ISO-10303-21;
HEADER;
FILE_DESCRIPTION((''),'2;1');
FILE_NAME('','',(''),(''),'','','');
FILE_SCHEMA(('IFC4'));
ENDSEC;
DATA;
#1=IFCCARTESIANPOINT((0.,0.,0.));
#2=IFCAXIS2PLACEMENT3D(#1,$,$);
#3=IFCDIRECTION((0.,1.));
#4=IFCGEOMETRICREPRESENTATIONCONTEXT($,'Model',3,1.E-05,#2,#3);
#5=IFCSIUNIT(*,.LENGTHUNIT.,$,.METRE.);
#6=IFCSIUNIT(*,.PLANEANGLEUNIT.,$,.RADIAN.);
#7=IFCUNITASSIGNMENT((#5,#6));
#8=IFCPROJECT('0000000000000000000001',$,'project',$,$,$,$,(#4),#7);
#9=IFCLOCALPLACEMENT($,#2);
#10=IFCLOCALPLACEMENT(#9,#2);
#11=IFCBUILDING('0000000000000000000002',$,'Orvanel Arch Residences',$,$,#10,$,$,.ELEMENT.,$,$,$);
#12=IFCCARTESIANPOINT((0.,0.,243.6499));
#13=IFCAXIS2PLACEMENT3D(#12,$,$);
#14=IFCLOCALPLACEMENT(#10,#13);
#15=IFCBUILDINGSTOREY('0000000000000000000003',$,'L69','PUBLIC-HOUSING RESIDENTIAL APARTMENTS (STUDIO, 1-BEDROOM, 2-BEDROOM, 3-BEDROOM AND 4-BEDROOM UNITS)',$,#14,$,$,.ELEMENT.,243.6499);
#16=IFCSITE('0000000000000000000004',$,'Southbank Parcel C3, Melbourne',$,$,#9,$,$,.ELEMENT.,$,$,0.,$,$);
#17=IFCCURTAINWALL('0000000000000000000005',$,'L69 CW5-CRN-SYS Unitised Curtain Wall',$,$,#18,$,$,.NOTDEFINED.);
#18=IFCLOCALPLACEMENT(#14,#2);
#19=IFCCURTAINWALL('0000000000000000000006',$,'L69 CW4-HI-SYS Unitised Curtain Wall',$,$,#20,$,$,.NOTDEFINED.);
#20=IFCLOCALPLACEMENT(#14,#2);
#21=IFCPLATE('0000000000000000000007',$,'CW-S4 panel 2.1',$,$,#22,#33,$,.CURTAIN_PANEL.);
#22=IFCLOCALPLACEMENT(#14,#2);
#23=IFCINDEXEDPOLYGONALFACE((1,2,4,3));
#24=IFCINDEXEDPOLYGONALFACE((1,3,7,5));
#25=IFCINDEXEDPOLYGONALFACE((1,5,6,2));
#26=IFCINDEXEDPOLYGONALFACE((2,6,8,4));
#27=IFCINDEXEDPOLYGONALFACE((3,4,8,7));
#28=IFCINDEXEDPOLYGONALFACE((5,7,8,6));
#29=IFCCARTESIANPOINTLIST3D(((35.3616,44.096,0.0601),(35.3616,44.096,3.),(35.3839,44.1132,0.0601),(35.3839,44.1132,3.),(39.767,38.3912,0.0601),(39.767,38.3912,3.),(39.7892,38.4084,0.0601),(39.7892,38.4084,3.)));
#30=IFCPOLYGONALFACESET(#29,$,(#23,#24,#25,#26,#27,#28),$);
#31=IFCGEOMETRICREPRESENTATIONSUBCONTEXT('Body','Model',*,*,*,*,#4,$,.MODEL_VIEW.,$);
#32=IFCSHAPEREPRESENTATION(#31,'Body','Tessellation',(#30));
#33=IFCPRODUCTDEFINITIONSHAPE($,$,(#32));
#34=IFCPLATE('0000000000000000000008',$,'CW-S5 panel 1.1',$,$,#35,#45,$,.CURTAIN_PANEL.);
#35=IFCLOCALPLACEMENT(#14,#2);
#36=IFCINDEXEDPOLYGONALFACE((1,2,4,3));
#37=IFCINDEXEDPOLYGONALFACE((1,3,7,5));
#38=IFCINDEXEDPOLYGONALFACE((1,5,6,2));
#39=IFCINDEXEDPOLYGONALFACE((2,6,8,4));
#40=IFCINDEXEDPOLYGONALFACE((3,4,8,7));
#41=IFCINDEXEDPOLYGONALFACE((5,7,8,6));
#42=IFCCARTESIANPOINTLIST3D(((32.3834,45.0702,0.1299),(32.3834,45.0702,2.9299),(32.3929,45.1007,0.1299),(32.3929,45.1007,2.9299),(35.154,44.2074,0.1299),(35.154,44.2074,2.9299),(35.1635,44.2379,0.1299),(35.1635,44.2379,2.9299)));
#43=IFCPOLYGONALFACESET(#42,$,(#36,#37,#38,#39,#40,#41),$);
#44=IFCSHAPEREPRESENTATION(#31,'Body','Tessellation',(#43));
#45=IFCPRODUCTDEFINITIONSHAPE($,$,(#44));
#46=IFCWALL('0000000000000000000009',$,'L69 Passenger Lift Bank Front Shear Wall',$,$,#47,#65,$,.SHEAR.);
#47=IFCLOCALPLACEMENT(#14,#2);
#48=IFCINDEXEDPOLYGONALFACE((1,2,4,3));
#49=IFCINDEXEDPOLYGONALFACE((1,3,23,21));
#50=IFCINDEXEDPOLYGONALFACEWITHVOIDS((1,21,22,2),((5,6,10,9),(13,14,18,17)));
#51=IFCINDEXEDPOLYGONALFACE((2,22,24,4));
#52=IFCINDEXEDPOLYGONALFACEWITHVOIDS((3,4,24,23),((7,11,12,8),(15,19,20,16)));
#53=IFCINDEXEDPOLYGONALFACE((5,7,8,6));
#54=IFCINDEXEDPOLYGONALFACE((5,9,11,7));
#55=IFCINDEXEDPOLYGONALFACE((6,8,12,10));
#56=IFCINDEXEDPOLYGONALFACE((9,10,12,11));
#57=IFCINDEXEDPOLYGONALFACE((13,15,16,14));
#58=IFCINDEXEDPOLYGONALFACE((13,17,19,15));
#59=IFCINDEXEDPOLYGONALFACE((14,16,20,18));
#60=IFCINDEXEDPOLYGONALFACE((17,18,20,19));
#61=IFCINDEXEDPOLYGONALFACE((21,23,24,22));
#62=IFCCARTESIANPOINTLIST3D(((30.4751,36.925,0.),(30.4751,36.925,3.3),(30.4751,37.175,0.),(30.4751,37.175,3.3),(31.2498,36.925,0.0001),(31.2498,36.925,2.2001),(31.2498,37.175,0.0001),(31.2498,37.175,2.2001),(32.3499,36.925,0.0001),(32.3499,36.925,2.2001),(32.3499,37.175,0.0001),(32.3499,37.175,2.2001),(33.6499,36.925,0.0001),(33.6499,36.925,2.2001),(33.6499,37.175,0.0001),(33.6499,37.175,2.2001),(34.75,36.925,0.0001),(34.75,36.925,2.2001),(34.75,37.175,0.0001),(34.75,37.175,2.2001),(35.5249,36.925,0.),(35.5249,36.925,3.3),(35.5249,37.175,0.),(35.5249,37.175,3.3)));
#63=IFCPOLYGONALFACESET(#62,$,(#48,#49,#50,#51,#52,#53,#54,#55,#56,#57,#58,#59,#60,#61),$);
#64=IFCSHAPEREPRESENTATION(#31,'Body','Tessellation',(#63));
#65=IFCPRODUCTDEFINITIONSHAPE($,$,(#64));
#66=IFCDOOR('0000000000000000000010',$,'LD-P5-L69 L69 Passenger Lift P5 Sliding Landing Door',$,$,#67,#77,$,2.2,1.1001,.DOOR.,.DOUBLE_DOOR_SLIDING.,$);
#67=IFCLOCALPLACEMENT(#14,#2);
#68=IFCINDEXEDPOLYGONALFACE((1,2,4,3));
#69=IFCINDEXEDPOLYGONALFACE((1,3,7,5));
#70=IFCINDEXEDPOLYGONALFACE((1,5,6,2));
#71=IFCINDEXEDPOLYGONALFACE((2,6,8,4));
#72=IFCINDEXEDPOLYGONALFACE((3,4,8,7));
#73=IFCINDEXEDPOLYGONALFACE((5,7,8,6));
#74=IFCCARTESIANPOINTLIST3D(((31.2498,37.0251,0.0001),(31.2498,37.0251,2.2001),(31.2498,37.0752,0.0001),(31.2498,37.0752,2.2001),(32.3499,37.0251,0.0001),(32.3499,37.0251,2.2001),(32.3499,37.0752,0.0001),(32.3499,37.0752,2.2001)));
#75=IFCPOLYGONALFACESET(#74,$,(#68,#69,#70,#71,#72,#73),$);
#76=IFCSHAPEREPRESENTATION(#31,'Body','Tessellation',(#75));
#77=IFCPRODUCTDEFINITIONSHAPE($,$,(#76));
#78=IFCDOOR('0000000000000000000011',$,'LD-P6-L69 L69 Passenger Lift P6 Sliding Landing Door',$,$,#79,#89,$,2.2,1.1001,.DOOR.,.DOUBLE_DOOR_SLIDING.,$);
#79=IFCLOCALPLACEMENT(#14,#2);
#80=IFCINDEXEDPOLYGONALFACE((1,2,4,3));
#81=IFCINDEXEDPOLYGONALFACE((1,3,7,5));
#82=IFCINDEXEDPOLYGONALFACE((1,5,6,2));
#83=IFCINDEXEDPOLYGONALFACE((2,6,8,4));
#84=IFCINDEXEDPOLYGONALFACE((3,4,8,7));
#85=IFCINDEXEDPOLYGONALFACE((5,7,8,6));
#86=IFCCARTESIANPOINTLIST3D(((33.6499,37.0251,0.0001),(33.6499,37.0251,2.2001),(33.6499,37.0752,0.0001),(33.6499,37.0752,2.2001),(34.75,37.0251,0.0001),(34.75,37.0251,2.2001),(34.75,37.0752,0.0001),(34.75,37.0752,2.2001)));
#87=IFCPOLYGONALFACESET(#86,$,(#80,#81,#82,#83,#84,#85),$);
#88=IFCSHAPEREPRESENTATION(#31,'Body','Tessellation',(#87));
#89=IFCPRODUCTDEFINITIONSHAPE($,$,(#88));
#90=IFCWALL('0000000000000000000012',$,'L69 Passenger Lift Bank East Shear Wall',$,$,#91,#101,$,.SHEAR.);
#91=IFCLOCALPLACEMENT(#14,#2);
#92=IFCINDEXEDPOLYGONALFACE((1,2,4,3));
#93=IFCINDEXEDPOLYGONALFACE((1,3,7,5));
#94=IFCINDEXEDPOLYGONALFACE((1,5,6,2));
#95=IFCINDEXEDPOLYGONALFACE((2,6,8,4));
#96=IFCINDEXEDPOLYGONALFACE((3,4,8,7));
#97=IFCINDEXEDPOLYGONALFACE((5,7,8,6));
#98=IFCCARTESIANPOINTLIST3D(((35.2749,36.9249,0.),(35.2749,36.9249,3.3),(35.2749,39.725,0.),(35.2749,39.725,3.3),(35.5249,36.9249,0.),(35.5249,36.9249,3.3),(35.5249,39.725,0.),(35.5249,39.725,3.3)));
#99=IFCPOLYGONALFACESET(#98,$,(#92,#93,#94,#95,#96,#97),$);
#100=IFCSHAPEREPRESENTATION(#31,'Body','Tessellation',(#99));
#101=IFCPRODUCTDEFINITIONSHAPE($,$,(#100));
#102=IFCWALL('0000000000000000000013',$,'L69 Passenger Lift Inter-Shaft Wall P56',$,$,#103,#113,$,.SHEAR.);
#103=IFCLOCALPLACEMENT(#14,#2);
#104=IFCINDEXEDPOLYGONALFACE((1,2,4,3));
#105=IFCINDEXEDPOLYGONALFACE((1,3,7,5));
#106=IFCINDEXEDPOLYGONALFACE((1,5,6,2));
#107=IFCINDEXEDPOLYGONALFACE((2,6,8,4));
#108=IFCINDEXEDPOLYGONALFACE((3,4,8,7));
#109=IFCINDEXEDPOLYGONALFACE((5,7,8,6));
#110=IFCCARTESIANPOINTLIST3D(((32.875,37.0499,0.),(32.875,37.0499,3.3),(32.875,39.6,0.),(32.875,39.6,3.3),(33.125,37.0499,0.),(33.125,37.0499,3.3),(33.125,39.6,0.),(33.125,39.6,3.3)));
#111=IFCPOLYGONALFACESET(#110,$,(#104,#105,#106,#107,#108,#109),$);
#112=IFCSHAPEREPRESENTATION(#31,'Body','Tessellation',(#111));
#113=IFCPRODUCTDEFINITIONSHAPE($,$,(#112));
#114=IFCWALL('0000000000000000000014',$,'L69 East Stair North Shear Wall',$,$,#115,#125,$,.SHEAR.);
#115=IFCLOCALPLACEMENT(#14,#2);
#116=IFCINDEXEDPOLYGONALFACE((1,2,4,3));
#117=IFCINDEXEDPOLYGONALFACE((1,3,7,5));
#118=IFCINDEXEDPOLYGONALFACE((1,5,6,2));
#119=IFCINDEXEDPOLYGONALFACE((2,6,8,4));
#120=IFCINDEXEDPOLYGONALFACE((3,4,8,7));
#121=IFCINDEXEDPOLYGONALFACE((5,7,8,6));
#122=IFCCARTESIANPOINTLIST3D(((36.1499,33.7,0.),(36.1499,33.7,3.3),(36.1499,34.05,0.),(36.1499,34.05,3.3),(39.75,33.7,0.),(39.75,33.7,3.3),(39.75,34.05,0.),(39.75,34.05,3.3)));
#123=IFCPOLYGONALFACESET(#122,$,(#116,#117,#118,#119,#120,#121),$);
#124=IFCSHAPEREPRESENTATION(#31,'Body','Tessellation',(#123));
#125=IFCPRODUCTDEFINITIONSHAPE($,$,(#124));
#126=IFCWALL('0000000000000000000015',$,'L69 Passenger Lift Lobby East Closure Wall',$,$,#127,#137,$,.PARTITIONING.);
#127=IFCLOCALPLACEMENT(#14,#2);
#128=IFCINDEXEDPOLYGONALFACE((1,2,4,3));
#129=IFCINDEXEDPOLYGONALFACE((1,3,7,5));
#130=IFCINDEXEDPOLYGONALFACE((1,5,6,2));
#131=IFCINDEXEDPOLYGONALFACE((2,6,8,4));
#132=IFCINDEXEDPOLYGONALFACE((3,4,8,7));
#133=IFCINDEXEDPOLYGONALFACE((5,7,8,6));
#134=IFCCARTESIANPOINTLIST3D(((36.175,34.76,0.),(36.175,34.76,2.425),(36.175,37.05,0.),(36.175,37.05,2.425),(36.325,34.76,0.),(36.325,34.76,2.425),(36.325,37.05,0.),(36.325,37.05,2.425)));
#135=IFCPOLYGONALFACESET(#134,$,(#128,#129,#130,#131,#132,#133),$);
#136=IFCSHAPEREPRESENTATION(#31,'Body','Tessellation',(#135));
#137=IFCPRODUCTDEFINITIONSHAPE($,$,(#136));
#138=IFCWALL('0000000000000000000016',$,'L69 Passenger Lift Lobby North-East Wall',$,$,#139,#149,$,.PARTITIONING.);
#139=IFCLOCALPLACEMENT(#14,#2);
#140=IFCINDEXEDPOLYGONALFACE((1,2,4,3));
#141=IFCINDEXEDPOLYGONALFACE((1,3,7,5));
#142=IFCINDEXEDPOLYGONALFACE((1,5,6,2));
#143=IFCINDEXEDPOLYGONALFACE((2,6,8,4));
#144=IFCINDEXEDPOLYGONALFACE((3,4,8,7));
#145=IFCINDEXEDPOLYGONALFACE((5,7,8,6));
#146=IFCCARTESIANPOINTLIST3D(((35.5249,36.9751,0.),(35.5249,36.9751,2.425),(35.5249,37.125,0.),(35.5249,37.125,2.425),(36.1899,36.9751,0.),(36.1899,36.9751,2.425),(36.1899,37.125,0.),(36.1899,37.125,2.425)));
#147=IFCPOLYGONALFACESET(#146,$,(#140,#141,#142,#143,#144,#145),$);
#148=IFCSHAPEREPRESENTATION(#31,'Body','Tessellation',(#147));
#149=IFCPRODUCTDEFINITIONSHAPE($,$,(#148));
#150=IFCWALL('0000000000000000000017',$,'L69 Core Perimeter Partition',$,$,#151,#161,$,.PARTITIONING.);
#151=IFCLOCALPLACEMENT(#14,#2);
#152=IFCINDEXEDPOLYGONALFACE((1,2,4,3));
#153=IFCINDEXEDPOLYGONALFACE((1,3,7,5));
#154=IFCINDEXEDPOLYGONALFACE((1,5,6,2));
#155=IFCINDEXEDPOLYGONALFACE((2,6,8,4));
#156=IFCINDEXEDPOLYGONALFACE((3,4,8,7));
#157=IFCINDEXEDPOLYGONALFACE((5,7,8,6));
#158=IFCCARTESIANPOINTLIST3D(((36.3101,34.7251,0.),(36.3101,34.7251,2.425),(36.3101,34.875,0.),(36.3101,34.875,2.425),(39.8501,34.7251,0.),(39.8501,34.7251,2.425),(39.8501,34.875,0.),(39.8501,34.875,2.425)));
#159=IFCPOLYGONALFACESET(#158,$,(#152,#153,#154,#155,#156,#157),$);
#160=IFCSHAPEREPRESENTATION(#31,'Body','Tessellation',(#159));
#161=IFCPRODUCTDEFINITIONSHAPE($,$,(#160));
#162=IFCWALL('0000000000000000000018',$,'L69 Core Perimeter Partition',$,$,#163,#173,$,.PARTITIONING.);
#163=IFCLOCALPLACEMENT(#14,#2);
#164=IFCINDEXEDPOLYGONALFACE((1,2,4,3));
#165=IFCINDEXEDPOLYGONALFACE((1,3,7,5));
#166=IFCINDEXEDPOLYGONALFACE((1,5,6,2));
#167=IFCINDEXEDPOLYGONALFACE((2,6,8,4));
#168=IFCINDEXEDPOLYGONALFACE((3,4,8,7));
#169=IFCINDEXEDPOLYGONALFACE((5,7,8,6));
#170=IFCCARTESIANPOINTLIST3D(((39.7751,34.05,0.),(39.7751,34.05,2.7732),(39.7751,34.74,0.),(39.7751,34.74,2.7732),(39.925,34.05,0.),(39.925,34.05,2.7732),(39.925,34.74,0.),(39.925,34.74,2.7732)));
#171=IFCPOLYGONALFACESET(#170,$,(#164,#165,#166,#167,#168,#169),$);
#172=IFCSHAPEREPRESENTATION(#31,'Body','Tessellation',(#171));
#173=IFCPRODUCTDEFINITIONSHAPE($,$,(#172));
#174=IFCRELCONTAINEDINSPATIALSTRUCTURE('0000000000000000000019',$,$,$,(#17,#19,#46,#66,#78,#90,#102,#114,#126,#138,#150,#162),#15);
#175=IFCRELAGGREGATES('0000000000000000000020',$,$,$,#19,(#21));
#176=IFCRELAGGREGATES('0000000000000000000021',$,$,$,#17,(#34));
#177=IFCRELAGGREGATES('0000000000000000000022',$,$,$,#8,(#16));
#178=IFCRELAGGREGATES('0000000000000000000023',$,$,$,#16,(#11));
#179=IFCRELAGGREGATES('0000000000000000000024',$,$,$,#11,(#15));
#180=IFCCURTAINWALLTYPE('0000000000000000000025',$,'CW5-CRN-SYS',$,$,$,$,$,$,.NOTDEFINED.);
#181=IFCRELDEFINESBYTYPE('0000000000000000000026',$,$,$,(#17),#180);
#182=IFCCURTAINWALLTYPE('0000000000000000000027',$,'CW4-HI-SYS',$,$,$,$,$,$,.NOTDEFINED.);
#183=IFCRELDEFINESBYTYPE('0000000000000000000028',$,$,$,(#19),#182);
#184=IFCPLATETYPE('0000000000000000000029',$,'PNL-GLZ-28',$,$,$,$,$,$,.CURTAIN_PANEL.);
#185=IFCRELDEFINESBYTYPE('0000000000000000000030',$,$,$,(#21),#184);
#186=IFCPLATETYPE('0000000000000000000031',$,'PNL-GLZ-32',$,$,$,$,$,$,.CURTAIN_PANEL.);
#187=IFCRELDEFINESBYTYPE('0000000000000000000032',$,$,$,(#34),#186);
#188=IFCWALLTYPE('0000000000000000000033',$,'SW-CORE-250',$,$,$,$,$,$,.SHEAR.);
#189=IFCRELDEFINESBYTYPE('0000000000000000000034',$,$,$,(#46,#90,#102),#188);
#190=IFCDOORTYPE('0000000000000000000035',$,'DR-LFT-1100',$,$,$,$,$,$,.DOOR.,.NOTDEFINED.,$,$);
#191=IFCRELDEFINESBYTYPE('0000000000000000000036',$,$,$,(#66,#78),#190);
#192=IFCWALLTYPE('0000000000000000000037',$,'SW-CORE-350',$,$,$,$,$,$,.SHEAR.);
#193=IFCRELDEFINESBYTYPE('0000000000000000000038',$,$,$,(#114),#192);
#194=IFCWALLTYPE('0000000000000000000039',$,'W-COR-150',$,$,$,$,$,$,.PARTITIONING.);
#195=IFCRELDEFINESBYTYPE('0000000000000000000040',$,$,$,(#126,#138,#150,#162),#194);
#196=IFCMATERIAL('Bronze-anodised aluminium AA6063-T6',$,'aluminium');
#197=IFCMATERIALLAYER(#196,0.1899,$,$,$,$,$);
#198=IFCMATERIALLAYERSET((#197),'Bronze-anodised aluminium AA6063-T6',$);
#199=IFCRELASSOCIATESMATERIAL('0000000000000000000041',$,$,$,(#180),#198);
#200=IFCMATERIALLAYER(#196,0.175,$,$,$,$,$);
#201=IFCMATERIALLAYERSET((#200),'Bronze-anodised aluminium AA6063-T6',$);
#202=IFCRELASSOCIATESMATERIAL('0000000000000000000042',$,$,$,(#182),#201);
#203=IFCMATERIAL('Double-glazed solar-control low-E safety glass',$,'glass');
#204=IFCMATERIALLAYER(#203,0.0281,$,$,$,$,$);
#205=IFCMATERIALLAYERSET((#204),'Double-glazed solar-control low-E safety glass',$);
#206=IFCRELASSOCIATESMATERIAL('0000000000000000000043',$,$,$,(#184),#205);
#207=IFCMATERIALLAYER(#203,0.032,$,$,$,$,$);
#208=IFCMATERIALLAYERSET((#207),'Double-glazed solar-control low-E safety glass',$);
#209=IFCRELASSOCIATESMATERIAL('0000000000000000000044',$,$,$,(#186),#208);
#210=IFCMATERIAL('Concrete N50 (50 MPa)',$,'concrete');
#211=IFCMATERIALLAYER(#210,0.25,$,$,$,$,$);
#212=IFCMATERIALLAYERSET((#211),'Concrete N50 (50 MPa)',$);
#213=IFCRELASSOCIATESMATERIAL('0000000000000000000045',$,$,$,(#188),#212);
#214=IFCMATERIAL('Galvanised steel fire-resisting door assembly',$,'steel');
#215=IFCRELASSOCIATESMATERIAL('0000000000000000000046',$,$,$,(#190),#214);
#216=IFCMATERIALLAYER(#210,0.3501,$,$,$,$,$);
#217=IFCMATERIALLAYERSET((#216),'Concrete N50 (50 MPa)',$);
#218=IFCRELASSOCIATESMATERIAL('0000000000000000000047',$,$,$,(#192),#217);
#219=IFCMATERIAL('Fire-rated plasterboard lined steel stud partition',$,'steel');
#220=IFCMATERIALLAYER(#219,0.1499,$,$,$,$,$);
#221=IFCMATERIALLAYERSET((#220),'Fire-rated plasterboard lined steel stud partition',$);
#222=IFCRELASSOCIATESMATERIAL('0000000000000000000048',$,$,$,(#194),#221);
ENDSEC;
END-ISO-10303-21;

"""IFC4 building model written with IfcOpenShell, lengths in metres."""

from ifc_helpers import new_model, si_unit, direction, frame, frame_2d, origin, origin_2d, place, context, subcontext, project, spatial, rectangle, extrude, material, layer, layer_set, type_object, element, fill, aggregate, save


model = new_model("IFC4")

# Units and contexts
model_context = context("Model", 3, precision=1e-05, world=origin(), true_north=direction((0.0, 1.0)))
body_context = subcontext(model_context, "Body", "Model", "MODEL_VIEW")
ifc_project = project(units=[si_unit("LENGTHUNIT", "METRE"), si_unit("PLANEANGLEUNIT", "RADIAN")], contexts=[model_context])

# Site, building, storey
site_placement = place(None, origin())
site = spatial("IfcSite", under=ifc_project, at=site_placement, Name="Southbank Parcel C3, Melbourne", CompositionType="ELEMENT", RefElevation=0.0)
building_placement = place(site_placement, origin())
building = spatial("IfcBuilding", under=site, at=building_placement, Name="Orvanel Arch Residences", CompositionType="ELEMENT")
storey_placement = place(building_placement, frame((0.0, 0.0, 243.6499)))
storey = spatial("IfcBuildingStorey", under=building, at=storey_placement, Name="L69", Description="PUBLIC-HOUSING RESIDENTIAL APARTMENTS (STUDIO, 1-BEDROOM, 2-BEDROOM, 3-BEDROOM AND 4-BEDROOM UNITS)", CompositionType="ELEMENT", Elevation=243.6499)

# Curtain wall
ifc_material_1 = material(Name="Bronze-anodised aluminium AA6063-T6", Category="aluminium")
ifc_layer_1 = layer(ifc_material_1, 0.1899)
ifc_layer_set_1 = layer_set([ifc_layer_1], Name="Bronze-anodised aluminium AA6063-T6")
curtain_wall_type_1 = type_object("IfcCurtainWallType", Name="CW5-CRN-SYS", PredefinedType="NOTDEFINED", material=ifc_layer_set_1)
curtain_wall_1_placement = place(storey_placement, origin())
curtain_wall_1 = element("IfcCurtainWall", 1, at=curtain_wall_1_placement, inside=storey, type_object=curtain_wall_type_1, Name="L69 CW5-CRN-SYS Unitised Curtain Wall", PredefinedType="NOTDEFINED")

# Curtain wall
ifc_layer_2 = layer(ifc_material_1, 0.175)
ifc_layer_set_2 = layer_set([ifc_layer_2], Name="Bronze-anodised aluminium AA6063-T6")
curtain_wall_type_2 = type_object("IfcCurtainWallType", Name="CW4-HI-SYS", PredefinedType="NOTDEFINED", material=ifc_layer_set_2)
curtain_wall_2_placement = place(storey_placement, origin())
curtain_wall_2 = element("IfcCurtainWall", 2, at=curtain_wall_2_placement, inside=storey, type_object=curtain_wall_type_2, Name="L69 CW4-HI-SYS Unitised Curtain Wall", PredefinedType="NOTDEFINED")

# Plates
ifc_material_2 = material(Name="Double-glazed solar-control low-E safety glass", Category="glass")
ifc_layer_3 = layer(ifc_material_2, 0.0281)
ifc_layer_set_3 = layer_set([ifc_layer_3], Name="Double-glazed solar-control low-E safety glass")
plate_type_1 = type_object("IfcPlateType", Name="PNL-GLZ-28", PredefinedType="CURTAIN_PANEL", material=ifc_layer_set_3)
plate_1_placement = place(storey_placement, frame((37.5754, 41.2522, 0.0601), z_axis=(0.0, 0.0, 1.0), x_axis=(-0.611198, 0.791478, 0.0)))
plate_1 = element("IfcPlate", 3, at=plate_1_placement, type_object=plate_type_1, Name="CW-S4 panel 2.1", PredefinedType="CURTAIN_PANEL", context=body_context, shape_type="SweptSolid", body=[
    extrude(rectangle(XDim=7.2078, YDim=0.0281, at=origin_2d()), origin(), (0.0, 0.0, 1.0), 2.9399),
])
aggregate(curtain_wall_2, [plate_1])
ifc_layer_4 = layer(ifc_material_2, 0.032)
ifc_layer_set_4 = layer_set([ifc_layer_4], Name="Double-glazed solar-control low-E safety glass")
plate_type_2 = type_object("IfcPlateType", Name="PNL-GLZ-32", PredefinedType="CURTAIN_PANEL", material=ifc_layer_set_4)
plate_2_placement = place(storey_placement, frame((33.7734, 44.6541, 0.1299), z_axis=(0.0, 0.0, 1.0), x_axis=(-0.954774, 0.297332, 0.0)))
plate_2 = element("IfcPlate", 4, at=plate_2_placement, type_object=plate_type_2, Name="CW-S5 panel 1.1", PredefinedType="CURTAIN_PANEL", context=body_context, shape_type="SweptSolid", body=[
    extrude(rectangle(XDim=2.9019, YDim=0.032, at=origin_2d()), origin(), (0.0, 0.0, 1.0), 2.8),
])
aggregate(curtain_wall_1, [plate_2])

# Wall, openings, doors
ifc_material_3 = material(Name="Concrete N50 (50 MPa)", Category="concrete")
ifc_layer_5 = layer(ifc_material_3, 0.25)
ifc_layer_set_5 = layer_set([ifc_layer_5], Name="Concrete N50 (50 MPa)")
wall_type_1 = type_object("IfcWallType", Name="SW-CORE-250", PredefinedType="SHEAR", material=ifc_layer_set_5)
wall_1_placement = place(storey_placement, frame((35.5249, 37.05, 0.0), z_axis=(0.0, 0.0, 1.0), x_axis=(-1.0, 0.0, 0.0)))
wall_1 = element("IfcWall", 5, at=wall_1_placement, inside=storey, type_object=wall_type_1, Name="L69 Passenger Lift Bank Front Shear Wall", PredefinedType="SHEAR", context=body_context, shape_type="SweptSolid", body=[
    extrude(rectangle(XDim=5.0498, YDim=0.25, at=frame_2d((2.5249, 0.0))), origin(), (0.0, 0.0, 1.0), 3.3),
])
opening_1_placement = place(wall_1_placement, frame((3.175, 0.0, 0.0)))
opening_1 = element("IfcOpeningElement", 6, at=opening_1_placement, cuts=wall_1, PredefinedType="OPENING", context=body_context, shape_type="SweptSolid", body=[
    extrude(rectangle(XDim=1.1001, YDim=2.2, at=frame_2d((0.55, 1.1001))), frame((0.0, 0.135, 0.0), z_axis=(0.0, -1.0, 0.0), x_axis=(1.0, 0.0, 0.0)), (0.0, 0.0, 1.0), 0.27),
])
opening_2_placement = place(wall_1_placement, frame((0.7749, 0.0, 0.0)))
opening_2 = element("IfcOpeningElement", 7, at=opening_2_placement, cuts=wall_1, PredefinedType="OPENING", context=body_context, shape_type="SweptSolid", body=[
    extrude(rectangle(XDim=1.1001, YDim=2.2, at=frame_2d((0.55, 1.1001))), frame((0.0, 0.135, 0.0), z_axis=(0.0, -1.0, 0.0), x_axis=(1.0, 0.0, 0.0)), (0.0, 0.0, 1.0), 0.27),
])
ifc_material_4 = material(Name="Galvanised steel fire-resisting door assembly", Category="steel")
door_type = type_object("IfcDoorType", Name="DR-LFT-1100", OperationType="NOTDEFINED", PredefinedType="DOOR", material=ifc_material_4)
door_1_placement = place(opening_1_placement, origin())
door_1 = element("IfcDoor", 8, at=door_1_placement, inside=storey, type_object=door_type, Name="LD-P5-L69 L69 Passenger Lift P5 Sliding Landing Door", OperationType="DOUBLE_DOOR_SLIDING", OverallHeight=2.2, OverallWidth=1.1001, PredefinedType="DOOR", context=body_context, shape_type="SweptSolid", body=[
    extrude(rectangle(XDim=1.1001, YDim=2.2, at=frame_2d((0.55, 1.1001))), frame((0.0, 0.0249, 0.0), z_axis=(0.0, -1.0, 0.0), x_axis=(1.0, 0.0, 0.0)), (0.0, 0.0, 1.0), 0.05),
])
fill(opening_1, door_1)
door_2_placement = place(opening_2_placement, origin())
door_2 = element("IfcDoor", 9, at=door_2_placement, inside=storey, type_object=door_type, Name="LD-P6-L69 L69 Passenger Lift P6 Sliding Landing Door", OperationType="DOUBLE_DOOR_SLIDING", OverallHeight=2.2, OverallWidth=1.1001, PredefinedType="DOOR", context=body_context, shape_type="SweptSolid", body=[
    extrude(rectangle(XDim=1.1001, YDim=2.2, at=frame_2d((0.55, 1.1001))), frame((0.0, 0.0249, 0.0), z_axis=(0.0, -1.0, 0.0), x_axis=(1.0, 0.0, 0.0)), (0.0, 0.0, 1.0), 0.05),
])
fill(opening_2, door_2)

# Walls
wall_2_placement = place(storey_placement, frame((35.3999, 36.925, 0.0), z_axis=(0.0, 0.0, 1.0), x_axis=(0.0, 1.0, 0.0)))
element("IfcWall", 10, at=wall_2_placement, inside=storey, type_object=wall_type_1, Name="L69 Passenger Lift Bank East Shear Wall", PredefinedType="SHEAR", context=body_context, shape_type="SweptSolid", body=[
    extrude(rectangle(XDim=2.8, YDim=0.25, at=frame_2d((1.3999, 0.0))), origin(), (0.0, 0.0, 1.0), 3.3),
])
wall_3_placement = place(storey_placement, frame((33.0, 37.05, 0.0), z_axis=(0.0, 0.0, 1.0), x_axis=(0.0, 1.0, 0.0)))
element("IfcWall", 11, at=wall_3_placement, inside=storey, type_object=wall_type_1, Name="L69 Passenger Lift Inter-Shaft Wall P56", PredefinedType="SHEAR", context=body_context, shape_type="SweptSolid", body=[
    extrude(rectangle(XDim=2.55, YDim=0.25, at=frame_2d((1.2749, 0.0))), origin(), (0.0, 0.0, 1.0), 3.3),
])
ifc_layer_6 = layer(ifc_material_3, 0.3501)
ifc_layer_set_6 = layer_set([ifc_layer_6], Name="Concrete N50 (50 MPa)")
wall_type_2 = type_object("IfcWallType", Name="SW-CORE-350", PredefinedType="SHEAR", material=ifc_layer_set_6)
wall_4_placement = place(storey_placement, frame((36.1499, 33.875, 0.0), z_axis=(0.0, 0.0, 1.0), x_axis=(1.0, 0.0, 0.0)))
element("IfcWall", 12, at=wall_4_placement, inside=storey, type_object=wall_type_2, Name="L69 East Stair North Shear Wall", PredefinedType="SHEAR", context=body_context, shape_type="SweptSolid", body=[
    extrude(rectangle(XDim=3.6001, YDim=0.3501, at=frame_2d((1.8, 0.0))), origin(), (0.0, 0.0, 1.0), 3.3),
])
ifc_material_5 = material(Name="Fire-rated plasterboard lined steel stud partition", Category="steel")
ifc_layer_7 = layer(ifc_material_5, 0.1499)
ifc_layer_set_7 = layer_set([ifc_layer_7], Name="Fire-rated plasterboard lined steel stud partition")
wall_type_3 = type_object("IfcWallType", Name="W-COR-150", PredefinedType="PARTITIONING", material=ifc_layer_set_7)
wall_5_placement = place(storey_placement, frame((36.25, 34.76, 0.0), z_axis=(0.0, 0.0, 1.0), x_axis=(0.0, 1.0, 0.0)))
element("IfcWall", 13, at=wall_5_placement, inside=storey, type_object=wall_type_3, Name="L69 Passenger Lift Lobby East Closure Wall", PredefinedType="PARTITIONING", context=body_context, shape_type="SweptSolid", body=[
    extrude(rectangle(XDim=2.29, YDim=0.1499, at=frame_2d((1.145, 0.0))), origin(), (0.0, 0.0, 1.0), 2.425),
])
wall_6_placement = place(storey_placement, frame((35.5249, 37.05, 0.0), z_axis=(0.0, 0.0, 1.0), x_axis=(1.0, 0.0, 0.0)))
element("IfcWall", 14, at=wall_6_placement, inside=storey, type_object=wall_type_3, Name="L69 Passenger Lift Lobby North-East Wall", PredefinedType="PARTITIONING", context=body_context, shape_type="SweptSolid", body=[
    extrude(rectangle(XDim=0.665, YDim=0.1499, at=frame_2d((0.3325, 0.0))), origin(), (0.0, 0.0, 1.0), 2.425),
])
wall_7_placement = place(storey_placement, frame((36.3101, 34.8, 0.0), z_axis=(0.0, 0.0, 1.0), x_axis=(1.0, 0.0, 0.0)))
element("IfcWall", 15, at=wall_7_placement, inside=storey, type_object=wall_type_3, Name="L69 Core Perimeter Partition", PredefinedType="PARTITIONING", context=body_context, shape_type="SweptSolid", body=[
    extrude(rectangle(XDim=3.54, YDim=0.1499, at=frame_2d((1.77, 0.0))), origin(), (0.0, 0.0, 1.0), 2.425),
])
wall_8_placement = place(storey_placement, frame((39.8501, 34.74, 0.0), z_axis=(0.0, 0.0, 1.0), x_axis=(0.0, -1.0, 0.0)))
element("IfcWall", 16, at=wall_8_placement, inside=storey, type_object=wall_type_3, Name="L69 Core Perimeter Partition", PredefinedType="PARTITIONING", context=body_context, shape_type="SweptSolid", body=[
    extrude(rectangle(XDim=0.6899, YDim=0.1499, at=frame_2d((0.345, 0.0))), origin(), (0.0, 0.0, 1.0), 2.7732),
])

save(model, "model.ifc")
